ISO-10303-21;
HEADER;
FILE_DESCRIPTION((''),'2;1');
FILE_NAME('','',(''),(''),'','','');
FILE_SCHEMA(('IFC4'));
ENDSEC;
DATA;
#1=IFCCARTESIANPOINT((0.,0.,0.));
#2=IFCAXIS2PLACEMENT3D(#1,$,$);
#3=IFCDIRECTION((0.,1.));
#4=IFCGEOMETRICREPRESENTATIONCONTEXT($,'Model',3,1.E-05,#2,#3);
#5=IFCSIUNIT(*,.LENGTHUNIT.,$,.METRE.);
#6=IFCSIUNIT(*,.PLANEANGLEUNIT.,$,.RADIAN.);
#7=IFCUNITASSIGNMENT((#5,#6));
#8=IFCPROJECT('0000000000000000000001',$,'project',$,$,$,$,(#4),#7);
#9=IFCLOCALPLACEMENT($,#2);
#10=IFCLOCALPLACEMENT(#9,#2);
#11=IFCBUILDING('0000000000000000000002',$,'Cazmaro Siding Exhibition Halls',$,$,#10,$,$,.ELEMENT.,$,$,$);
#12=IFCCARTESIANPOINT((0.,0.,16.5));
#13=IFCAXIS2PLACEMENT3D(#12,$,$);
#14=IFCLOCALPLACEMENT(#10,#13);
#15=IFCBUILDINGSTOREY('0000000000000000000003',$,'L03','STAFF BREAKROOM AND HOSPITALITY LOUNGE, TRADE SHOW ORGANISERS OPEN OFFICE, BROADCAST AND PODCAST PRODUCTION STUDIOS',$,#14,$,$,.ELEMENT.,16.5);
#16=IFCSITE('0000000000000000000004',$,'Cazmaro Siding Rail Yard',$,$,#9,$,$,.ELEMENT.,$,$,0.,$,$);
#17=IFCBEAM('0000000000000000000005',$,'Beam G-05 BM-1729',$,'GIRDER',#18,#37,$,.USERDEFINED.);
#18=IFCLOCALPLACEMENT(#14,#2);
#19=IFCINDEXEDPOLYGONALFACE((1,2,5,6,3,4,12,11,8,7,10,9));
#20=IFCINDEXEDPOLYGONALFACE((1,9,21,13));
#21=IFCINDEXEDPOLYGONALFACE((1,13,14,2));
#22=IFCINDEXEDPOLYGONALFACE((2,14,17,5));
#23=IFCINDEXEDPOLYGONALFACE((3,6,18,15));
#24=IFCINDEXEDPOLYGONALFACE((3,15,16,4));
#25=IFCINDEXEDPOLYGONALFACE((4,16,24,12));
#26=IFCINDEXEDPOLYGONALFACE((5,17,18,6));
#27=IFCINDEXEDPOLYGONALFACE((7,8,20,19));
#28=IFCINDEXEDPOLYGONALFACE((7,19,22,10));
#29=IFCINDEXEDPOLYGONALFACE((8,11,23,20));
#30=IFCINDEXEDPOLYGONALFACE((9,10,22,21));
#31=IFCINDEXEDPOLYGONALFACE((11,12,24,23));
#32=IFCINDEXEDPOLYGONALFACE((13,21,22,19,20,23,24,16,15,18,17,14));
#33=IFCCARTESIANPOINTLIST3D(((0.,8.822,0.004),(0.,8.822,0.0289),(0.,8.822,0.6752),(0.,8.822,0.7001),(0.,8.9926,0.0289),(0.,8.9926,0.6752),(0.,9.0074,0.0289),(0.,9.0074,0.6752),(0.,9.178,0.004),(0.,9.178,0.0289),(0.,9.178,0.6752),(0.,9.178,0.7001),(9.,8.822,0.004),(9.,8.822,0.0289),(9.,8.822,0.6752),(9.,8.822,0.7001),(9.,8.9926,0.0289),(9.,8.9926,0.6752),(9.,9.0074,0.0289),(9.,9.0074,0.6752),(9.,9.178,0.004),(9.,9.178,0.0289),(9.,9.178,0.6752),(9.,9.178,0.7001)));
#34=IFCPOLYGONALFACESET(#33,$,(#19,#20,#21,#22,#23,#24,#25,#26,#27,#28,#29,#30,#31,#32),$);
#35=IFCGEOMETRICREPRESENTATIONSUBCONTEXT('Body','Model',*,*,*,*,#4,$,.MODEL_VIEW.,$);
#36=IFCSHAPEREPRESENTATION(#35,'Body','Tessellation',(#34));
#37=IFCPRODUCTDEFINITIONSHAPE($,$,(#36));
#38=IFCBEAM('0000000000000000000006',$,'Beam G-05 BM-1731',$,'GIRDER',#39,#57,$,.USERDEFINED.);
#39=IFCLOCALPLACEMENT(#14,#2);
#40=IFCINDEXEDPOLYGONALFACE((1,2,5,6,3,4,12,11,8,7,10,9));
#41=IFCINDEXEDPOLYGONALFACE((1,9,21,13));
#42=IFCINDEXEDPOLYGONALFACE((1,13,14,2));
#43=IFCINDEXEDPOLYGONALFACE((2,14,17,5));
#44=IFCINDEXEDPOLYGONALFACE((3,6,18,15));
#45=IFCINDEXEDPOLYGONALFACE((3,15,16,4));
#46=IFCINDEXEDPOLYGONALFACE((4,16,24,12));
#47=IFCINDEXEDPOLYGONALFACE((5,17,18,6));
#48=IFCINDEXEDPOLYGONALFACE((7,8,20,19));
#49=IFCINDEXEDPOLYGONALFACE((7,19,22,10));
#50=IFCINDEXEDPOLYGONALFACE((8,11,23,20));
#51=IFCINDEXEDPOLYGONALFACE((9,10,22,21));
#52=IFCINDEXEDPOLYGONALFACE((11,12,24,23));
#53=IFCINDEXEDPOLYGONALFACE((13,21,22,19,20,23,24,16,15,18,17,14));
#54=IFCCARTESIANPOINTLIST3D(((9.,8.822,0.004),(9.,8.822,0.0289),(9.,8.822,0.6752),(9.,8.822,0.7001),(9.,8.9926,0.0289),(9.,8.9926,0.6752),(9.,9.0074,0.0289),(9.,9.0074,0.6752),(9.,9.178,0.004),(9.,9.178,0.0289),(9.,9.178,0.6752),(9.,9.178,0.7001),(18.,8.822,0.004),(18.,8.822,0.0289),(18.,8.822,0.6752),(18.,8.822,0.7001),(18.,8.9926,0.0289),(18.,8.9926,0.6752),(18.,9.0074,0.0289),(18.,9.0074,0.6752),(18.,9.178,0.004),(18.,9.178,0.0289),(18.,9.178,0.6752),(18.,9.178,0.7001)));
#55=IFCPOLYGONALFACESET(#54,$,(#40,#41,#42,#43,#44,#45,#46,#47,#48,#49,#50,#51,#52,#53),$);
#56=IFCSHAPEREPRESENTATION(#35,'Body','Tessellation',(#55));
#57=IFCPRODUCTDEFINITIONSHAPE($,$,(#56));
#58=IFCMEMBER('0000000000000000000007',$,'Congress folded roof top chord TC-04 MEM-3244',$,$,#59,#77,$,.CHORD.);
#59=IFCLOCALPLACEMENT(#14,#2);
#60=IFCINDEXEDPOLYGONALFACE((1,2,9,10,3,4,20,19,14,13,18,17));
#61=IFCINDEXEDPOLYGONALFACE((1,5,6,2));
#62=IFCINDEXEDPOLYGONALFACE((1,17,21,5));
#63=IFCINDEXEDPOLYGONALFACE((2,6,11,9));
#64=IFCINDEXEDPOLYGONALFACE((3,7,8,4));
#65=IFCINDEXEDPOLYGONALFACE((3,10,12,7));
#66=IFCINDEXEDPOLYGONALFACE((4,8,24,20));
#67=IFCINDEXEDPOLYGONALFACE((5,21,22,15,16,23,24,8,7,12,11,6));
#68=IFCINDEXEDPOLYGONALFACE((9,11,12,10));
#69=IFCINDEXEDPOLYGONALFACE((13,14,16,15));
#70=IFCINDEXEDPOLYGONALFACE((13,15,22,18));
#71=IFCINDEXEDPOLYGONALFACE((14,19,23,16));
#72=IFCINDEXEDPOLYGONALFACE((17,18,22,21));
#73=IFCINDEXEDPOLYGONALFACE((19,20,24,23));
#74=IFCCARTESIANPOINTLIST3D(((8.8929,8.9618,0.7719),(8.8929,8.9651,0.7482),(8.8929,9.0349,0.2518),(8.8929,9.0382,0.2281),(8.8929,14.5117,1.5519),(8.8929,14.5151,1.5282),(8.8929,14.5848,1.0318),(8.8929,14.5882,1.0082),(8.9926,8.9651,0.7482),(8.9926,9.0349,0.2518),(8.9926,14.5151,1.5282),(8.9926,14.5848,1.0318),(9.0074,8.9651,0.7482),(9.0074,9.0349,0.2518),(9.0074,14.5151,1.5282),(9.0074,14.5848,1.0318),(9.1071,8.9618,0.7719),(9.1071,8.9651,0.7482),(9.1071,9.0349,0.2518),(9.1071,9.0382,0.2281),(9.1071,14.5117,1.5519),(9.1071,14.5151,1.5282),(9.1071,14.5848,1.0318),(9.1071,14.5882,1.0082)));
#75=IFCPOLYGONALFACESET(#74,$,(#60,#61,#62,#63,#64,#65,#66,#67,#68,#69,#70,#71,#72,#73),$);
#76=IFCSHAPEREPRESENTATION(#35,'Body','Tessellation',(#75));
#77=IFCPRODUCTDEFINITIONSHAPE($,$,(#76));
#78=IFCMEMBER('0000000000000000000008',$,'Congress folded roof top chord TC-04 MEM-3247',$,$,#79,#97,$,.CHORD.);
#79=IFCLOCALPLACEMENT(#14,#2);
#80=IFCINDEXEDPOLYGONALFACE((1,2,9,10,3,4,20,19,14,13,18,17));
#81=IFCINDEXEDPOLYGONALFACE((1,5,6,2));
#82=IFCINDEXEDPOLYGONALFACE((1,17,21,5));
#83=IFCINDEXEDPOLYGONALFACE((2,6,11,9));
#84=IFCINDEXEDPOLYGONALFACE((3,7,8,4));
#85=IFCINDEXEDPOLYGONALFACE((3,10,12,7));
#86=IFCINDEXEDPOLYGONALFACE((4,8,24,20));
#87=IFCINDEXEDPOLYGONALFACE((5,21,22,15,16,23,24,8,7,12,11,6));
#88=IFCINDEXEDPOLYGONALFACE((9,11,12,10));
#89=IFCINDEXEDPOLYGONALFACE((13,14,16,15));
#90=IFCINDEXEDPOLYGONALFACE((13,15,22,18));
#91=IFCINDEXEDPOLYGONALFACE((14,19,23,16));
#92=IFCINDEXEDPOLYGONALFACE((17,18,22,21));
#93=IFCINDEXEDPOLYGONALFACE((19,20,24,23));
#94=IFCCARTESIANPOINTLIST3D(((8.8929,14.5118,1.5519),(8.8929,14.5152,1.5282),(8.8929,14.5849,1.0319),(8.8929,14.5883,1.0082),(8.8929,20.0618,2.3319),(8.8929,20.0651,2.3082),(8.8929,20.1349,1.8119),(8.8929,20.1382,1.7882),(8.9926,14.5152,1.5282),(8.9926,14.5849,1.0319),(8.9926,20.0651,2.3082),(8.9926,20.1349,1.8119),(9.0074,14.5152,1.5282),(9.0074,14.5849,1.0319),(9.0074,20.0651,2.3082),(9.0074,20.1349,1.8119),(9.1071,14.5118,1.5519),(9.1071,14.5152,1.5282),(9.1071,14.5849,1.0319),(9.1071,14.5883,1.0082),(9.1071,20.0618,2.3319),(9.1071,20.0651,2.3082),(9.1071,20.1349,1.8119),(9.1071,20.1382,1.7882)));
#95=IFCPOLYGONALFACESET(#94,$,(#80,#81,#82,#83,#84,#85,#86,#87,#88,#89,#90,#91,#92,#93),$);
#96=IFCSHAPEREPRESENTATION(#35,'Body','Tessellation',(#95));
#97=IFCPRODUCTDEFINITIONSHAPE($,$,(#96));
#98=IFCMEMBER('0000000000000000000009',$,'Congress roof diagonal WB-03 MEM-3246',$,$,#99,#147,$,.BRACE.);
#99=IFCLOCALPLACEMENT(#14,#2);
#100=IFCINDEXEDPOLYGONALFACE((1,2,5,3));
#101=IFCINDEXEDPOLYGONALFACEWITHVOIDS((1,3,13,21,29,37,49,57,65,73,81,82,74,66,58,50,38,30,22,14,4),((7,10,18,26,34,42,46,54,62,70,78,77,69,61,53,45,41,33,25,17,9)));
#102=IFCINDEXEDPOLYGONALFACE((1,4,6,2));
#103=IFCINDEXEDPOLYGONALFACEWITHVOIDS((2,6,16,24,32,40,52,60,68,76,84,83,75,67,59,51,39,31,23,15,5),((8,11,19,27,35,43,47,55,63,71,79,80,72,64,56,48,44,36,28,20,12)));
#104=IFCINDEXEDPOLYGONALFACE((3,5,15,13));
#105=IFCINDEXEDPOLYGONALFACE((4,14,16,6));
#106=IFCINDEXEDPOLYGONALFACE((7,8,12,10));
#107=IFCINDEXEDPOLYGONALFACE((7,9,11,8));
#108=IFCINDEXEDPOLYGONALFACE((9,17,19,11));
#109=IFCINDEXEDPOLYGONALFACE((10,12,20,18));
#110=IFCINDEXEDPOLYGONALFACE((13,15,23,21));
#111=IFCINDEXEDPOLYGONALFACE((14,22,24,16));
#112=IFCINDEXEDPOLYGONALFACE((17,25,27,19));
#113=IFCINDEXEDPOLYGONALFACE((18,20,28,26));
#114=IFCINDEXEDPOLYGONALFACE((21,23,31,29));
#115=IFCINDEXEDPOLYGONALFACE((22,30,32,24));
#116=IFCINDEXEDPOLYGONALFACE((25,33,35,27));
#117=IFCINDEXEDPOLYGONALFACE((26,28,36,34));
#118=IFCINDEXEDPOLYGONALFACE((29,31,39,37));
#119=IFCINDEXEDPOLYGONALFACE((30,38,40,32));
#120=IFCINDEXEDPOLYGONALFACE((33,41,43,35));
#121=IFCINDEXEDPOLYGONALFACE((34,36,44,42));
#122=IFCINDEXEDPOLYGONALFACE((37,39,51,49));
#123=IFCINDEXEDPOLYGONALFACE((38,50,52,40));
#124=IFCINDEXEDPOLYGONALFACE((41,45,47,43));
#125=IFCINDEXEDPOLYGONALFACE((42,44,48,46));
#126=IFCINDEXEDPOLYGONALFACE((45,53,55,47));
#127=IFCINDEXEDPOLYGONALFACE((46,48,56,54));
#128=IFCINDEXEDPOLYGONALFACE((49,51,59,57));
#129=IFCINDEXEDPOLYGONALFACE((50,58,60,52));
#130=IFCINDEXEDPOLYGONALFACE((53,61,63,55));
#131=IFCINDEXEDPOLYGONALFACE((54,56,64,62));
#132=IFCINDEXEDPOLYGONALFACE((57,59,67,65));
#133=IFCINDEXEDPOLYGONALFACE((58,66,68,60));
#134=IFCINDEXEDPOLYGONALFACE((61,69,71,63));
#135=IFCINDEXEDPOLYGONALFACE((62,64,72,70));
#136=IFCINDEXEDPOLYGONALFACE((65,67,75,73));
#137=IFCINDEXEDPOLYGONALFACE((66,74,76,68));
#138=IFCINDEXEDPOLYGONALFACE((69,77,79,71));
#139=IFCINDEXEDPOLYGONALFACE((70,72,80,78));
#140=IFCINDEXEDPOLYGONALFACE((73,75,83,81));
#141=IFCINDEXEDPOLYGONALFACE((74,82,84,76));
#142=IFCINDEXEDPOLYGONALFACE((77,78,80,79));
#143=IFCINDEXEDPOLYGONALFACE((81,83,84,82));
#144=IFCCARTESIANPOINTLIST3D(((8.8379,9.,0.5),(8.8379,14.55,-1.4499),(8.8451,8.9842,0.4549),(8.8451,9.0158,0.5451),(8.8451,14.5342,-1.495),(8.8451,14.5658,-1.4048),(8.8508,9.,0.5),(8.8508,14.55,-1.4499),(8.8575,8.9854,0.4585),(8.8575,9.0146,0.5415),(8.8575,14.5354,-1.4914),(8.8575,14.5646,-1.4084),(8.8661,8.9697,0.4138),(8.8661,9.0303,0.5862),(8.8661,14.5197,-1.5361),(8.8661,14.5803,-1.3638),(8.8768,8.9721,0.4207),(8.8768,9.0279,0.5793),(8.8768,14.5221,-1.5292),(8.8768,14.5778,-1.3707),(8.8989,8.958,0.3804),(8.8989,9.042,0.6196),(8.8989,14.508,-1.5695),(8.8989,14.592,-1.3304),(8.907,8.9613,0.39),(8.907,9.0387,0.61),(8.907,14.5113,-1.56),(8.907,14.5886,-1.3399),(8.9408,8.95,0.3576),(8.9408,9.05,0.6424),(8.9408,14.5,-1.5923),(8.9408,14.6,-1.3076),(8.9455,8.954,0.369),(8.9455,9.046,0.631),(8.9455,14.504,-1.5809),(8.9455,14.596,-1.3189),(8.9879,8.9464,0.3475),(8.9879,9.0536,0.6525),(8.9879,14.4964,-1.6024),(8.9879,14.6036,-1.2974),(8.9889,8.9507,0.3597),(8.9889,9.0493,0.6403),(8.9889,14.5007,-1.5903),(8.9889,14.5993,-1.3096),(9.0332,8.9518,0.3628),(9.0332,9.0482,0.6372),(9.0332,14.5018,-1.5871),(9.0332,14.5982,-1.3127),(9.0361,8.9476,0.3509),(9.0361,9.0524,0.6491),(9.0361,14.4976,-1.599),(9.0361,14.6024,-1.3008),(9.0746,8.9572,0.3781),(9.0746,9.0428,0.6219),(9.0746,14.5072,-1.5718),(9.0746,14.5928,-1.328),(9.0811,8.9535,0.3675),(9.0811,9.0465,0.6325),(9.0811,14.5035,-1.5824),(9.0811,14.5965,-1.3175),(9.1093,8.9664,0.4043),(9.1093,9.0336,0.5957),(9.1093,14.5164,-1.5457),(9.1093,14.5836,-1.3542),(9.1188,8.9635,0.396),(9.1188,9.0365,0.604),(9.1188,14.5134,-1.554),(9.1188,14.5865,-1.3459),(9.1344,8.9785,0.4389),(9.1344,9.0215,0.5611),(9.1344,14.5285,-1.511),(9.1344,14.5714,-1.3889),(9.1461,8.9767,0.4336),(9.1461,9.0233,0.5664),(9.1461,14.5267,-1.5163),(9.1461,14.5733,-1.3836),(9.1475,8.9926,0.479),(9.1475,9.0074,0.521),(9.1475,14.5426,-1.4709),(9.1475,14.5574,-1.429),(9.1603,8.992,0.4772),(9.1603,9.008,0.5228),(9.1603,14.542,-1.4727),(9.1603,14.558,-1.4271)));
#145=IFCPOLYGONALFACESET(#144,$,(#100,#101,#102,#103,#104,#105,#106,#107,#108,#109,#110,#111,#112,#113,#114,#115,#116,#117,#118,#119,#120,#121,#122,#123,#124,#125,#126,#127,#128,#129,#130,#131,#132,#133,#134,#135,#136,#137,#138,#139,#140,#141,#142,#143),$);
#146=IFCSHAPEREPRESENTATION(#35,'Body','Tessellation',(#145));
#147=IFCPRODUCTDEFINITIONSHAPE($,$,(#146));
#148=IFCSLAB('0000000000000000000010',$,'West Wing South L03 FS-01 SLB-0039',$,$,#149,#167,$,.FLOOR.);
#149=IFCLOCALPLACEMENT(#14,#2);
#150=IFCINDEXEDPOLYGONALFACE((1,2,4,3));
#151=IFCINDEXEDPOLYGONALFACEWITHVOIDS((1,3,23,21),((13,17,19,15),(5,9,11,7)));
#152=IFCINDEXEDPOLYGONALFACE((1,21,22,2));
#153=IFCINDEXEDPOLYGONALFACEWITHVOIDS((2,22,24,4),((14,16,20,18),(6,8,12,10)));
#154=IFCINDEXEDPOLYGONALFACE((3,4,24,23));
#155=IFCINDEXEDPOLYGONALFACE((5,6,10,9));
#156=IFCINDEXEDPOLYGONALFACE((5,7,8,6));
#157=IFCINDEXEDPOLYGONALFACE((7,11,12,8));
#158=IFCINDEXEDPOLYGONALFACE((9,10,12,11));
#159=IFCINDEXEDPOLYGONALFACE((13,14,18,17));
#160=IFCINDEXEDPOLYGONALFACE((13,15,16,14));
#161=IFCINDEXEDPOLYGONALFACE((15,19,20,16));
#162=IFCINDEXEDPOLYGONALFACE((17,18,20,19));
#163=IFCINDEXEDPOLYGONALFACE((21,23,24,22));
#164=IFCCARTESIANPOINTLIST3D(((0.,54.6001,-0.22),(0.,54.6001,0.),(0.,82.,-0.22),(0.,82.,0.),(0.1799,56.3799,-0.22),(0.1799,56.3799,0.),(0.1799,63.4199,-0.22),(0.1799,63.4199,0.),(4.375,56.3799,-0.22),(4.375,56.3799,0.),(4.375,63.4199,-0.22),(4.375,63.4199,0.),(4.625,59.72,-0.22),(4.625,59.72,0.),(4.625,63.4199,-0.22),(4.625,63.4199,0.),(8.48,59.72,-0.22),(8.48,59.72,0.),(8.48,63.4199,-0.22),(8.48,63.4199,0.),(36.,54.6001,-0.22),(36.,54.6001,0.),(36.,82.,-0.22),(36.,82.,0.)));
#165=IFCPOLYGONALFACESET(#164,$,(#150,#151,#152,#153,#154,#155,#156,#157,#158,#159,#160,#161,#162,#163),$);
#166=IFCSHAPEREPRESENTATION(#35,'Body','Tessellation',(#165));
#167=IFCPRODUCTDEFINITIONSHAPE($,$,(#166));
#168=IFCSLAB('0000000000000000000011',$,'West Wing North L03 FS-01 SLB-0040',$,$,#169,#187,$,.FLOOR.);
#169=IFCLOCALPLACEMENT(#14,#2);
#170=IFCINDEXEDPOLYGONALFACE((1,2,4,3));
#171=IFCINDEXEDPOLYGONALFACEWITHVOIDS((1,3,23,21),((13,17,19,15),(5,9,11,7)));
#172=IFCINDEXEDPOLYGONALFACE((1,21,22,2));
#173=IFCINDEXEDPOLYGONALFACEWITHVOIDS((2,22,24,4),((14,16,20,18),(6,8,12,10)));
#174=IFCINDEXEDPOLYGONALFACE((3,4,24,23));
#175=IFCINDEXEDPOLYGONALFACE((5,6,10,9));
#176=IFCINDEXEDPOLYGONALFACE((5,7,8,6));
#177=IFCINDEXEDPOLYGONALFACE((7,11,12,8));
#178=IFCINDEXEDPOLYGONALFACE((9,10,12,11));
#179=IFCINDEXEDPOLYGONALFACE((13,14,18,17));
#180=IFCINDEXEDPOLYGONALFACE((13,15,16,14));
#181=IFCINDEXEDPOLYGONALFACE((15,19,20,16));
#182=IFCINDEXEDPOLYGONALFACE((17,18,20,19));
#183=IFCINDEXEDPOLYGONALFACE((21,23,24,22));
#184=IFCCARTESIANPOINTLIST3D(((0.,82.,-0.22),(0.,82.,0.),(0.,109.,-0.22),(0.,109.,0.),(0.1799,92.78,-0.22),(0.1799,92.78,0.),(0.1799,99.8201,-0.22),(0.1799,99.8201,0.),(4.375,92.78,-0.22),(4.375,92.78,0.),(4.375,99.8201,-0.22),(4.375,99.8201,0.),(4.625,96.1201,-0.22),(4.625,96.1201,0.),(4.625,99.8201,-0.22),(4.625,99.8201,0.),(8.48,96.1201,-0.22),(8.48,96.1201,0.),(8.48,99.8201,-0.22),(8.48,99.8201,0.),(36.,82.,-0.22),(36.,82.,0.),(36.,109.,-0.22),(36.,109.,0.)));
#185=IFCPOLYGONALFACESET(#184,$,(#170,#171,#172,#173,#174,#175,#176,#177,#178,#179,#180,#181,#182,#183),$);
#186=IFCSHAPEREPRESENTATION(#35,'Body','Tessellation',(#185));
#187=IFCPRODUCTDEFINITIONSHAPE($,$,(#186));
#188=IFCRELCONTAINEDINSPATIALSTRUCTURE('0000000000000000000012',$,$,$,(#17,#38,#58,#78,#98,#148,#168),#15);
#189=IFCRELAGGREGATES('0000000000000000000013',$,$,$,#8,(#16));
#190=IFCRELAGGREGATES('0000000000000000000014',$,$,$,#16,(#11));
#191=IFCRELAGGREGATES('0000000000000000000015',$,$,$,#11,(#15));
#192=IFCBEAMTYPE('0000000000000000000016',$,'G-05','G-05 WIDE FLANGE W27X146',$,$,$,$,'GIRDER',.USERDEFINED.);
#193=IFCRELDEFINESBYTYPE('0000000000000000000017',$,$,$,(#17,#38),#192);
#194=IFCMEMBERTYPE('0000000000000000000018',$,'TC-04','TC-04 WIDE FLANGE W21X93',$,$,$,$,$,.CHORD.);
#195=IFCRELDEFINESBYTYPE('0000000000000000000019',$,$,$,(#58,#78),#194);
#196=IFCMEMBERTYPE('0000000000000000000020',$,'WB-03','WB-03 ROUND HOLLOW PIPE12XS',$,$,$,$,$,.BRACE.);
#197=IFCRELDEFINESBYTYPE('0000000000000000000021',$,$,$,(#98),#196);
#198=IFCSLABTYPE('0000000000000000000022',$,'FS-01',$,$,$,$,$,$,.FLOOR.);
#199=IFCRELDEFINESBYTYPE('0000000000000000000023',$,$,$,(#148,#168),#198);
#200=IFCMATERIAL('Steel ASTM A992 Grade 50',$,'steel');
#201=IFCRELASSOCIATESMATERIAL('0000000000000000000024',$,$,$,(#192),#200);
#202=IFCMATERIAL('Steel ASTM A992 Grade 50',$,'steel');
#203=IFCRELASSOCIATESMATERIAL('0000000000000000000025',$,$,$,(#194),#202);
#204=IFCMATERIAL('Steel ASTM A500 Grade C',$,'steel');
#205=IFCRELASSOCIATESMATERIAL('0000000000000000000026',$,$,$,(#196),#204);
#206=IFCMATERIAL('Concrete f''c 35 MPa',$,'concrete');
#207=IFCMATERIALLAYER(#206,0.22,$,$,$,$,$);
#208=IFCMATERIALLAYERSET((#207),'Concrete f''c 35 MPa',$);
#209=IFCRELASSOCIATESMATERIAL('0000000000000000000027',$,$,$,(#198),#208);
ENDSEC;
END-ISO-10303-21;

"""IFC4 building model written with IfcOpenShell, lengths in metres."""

from ifc_helpers import new_model, si_unit, direction, frame, origin, origin_2d, place, context, subcontext, project, spatial, polyline, hollow_circle, i_section, outline, extrude, material, layer, layer_set, material_profile, profile_set, type_object, element, save


model = new_model("IFC4")

# Units and contexts
model_context = context("Model", 3, precision=1e-05, world=origin(), true_north=direction((0.0, 1.0)))
body_context = subcontext(model_context, "Body", "Model", "MODEL_VIEW")
ifc_project = project(units=[si_unit("LENGTHUNIT", "METRE"), si_unit("PLANEANGLEUNIT", "RADIAN")], contexts=[model_context])

# Site, building, storey
site_placement = place(None, origin())
site = spatial("IfcSite", under=ifc_project, at=site_placement, Name="Cazmaro Siding Rail Yard", CompositionType="ELEMENT", RefElevation=0.0)
building_placement = place(site_placement, origin())
building = spatial("IfcBuilding", under=site, at=building_placement, Name="Cazmaro Siding Exhibition Halls", CompositionType="ELEMENT")
storey_placement = place(building_placement, frame((0.0, 0.0, 16.5)))
storey = spatial("IfcBuildingStorey", under=building, at=storey_placement, Name="L03", Description="STAFF BREAKROOM AND HOSPITALITY LOUNGE, TRADE SHOW ORGANISERS OPEN OFFICE, BROADCAST AND PODCAST PRODUCTION STUDIOS", CompositionType="ELEMENT", Elevation=16.5)

# Beams
ifc_material_1 = material(Name="Steel ASTM A992 Grade 50", Category="steel")
ifc_material_profile_1 = material_profile(ifc_material_1, i_section(OverallWidth=0.356, OverallDepth=0.696, WebThickness=0.0149, FlangeThickness=0.0249, at=origin_2d()), Name="W27X146")
ifc_profile_set_1 = profile_set([ifc_material_profile_1], Name="Steel ASTM A992 Grade 50")
beam_type = type_object("IfcBeamType", Name="G-05", Description="G-05 WIDE FLANGE W27X146", ElementType="GIRDER", PredefinedType="USERDEFINED", material=ifc_profile_set_1)
for number, where, z_axis, x_axis, name in (
    (1, (0.0, 9.0, 0.3521), (1.0, 0.0, 0.0), (0.0, 1.0, 0.0), "Beam G-05 BM-1729"),
    (2, (9.0, 9.0, 0.3521), (1.0, 0.0, 0.0), (0.0, 1.0, 0.0), "Beam G-05 BM-1731"),
):
    element("IfcBeam", number, at=place(storey_placement, frame(where, z_axis=z_axis, x_axis=x_axis)), inside=storey, type_object=beam_type, Name=name, ObjectType="GIRDER", PredefinedType="USERDEFINED", context=body_context, shape_type="SweptSolid", body=[
        extrude(i_section(OverallWidth=0.356, OverallDepth=0.696, WebThickness=0.0149, FlangeThickness=0.0249, at=origin_2d()), origin(), (0.0, 0.0, 1.0), 9.0),
    ])

# Members
ifc_material_2 = material(Name="Steel ASTM A992 Grade 50", Category="steel")
ifc_material_profile_2 = material_profile(ifc_material_2, i_section(OverallWidth=0.2141, OverallDepth=0.5491, WebThickness=0.0149, FlangeThickness=0.0239, at=origin_2d()), Name="W21X93")
ifc_profile_set_2 = profile_set([ifc_material_profile_2], Name="Steel ASTM A992 Grade 50")
member_type_1 = type_object("IfcMemberType", Name="TC-04", Description="TC-04 WIDE FLANGE W21X93", PredefinedType="CHORD", material=ifc_profile_set_2)
for number, where, z_axis, x_axis, name in (
    (3, (9.0, 9.0, 0.5), (0.0, 0.990268, 0.139177), (-1.0, 0.0, 0.0), "Congress folded roof top chord TC-04 MEM-3244"),
    (4, (9.0, 14.55, 1.28), (0.0, 0.990268, 0.139177), (-1.0, 0.0, 0.0), "Congress folded roof top chord TC-04 MEM-3247"),
):
    element("IfcMember", number, at=place(storey_placement, frame(where, z_axis=z_axis, x_axis=x_axis)), inside=storey, type_object=member_type_1, Name=name, PredefinedType="CHORD", context=body_context, shape_type="SweptSolid", body=[
        extrude(i_section(OverallWidth=0.2141, OverallDepth=0.5491, WebThickness=0.0149, FlangeThickness=0.0239, at=origin_2d()), origin(), (0.0, 0.0, 1.0), 5.6045),
    ])
ifc_material_3 = material(Name="Steel ASTM A500 Grade C", Category="steel")
ifc_material_profile_3 = material_profile(ifc_material_3, hollow_circle(Radius=0.1621, WallThickness=0.0129, at=origin_2d()), Name="PIPE12XS")
ifc_profile_set_3 = profile_set([ifc_material_profile_3], Name="Steel ASTM A500 Grade C")
member_type_2 = type_object("IfcMemberType", Name="WB-03", Description="WB-03 ROUND HOLLOW PIPE12XS", PredefinedType="BRACE", material=ifc_profile_set_3)
member_placement = place(storey_placement, frame((9.0, 9.0, 0.5), z_axis=(0.0, 0.943464, -0.331476), x_axis=(-1.0, 0.0, 0.0)))
element("IfcMember", 5, at=member_placement, inside=storey, type_object=member_type_2, Name="Congress roof diagonal WB-03 MEM-3246", PredefinedType="BRACE", context=body_context, shape_type="SweptSolid", body=[
    extrude(hollow_circle(Radius=0.1621, WallThickness=0.0129, at=origin_2d()), origin(), (0.0, 0.0, 1.0), 5.8826),
])

# Slabs
ifc_material_4 = material(Name="Concrete f'c 35 MPa", Category="concrete")
ifc_layer_1 = layer(ifc_material_4, 0.22)
ifc_layer_set_1 = layer_set([ifc_layer_1], Name="Concrete f'c 35 MPa")
slab_type_1 = type_object("IfcSlabType", Name="FS-01", PredefinedType="FLOOR", material=ifc_layer_set_1)
slab_1_placement = place(storey_placement, frame((0.0, 0.0, -0.22)))
element("IfcSlab", 6, at=slab_1_placement, inside=storey, type_object=slab_type_1, Name="West Wing South L03 FS-01 SLB-0039", PredefinedType="FLOOR", context=body_context, shape_type="SweptSolid", body=[
    extrude(outline(polyline([(0.0, 54.6001), (36.0, 54.6001), (36.0, 82.0), (0.0, 82.0), (0.0, 54.6001)]), holes=[polyline([(0.1799, 56.3799), (4.375, 56.3799), (4.375, 63.4199), (0.1799, 63.4199), (0.1799, 56.3799)]), polyline([(4.625, 59.72), (8.48, 59.72), (8.48, 63.4199), (4.625, 63.4199), (4.625, 59.72)])]), origin(), (0.0, 0.0, 1.0), 0.22),
])
slab_2_placement = place(storey_placement, frame((0.0, 0.0, -0.22)))
element("IfcSlab", 7, at=slab_2_placement, inside=storey, type_object=slab_type_1, Name="West Wing North L03 FS-01 SLB-0040", PredefinedType="FLOOR", context=body_context, shape_type="SweptSolid", body=[
    extrude(outline(polyline([(0.0, 82.0), (36.0, 82.0), (36.0, 109.0), (0.0, 109.0), (0.0, 82.0)]), holes=[polyline([(0.1799, 92.78), (4.375, 92.78), (4.375, 99.8201), (0.1799, 99.8201), (0.1799, 92.78)]), polyline([(4.625, 96.1201), (8.48, 96.1201), (8.48, 99.8201), (4.625, 99.8201), (4.625, 96.1201)])]), origin(), (0.0, 0.0, 1.0), 0.22),
])

save(model, "model.ifc")
